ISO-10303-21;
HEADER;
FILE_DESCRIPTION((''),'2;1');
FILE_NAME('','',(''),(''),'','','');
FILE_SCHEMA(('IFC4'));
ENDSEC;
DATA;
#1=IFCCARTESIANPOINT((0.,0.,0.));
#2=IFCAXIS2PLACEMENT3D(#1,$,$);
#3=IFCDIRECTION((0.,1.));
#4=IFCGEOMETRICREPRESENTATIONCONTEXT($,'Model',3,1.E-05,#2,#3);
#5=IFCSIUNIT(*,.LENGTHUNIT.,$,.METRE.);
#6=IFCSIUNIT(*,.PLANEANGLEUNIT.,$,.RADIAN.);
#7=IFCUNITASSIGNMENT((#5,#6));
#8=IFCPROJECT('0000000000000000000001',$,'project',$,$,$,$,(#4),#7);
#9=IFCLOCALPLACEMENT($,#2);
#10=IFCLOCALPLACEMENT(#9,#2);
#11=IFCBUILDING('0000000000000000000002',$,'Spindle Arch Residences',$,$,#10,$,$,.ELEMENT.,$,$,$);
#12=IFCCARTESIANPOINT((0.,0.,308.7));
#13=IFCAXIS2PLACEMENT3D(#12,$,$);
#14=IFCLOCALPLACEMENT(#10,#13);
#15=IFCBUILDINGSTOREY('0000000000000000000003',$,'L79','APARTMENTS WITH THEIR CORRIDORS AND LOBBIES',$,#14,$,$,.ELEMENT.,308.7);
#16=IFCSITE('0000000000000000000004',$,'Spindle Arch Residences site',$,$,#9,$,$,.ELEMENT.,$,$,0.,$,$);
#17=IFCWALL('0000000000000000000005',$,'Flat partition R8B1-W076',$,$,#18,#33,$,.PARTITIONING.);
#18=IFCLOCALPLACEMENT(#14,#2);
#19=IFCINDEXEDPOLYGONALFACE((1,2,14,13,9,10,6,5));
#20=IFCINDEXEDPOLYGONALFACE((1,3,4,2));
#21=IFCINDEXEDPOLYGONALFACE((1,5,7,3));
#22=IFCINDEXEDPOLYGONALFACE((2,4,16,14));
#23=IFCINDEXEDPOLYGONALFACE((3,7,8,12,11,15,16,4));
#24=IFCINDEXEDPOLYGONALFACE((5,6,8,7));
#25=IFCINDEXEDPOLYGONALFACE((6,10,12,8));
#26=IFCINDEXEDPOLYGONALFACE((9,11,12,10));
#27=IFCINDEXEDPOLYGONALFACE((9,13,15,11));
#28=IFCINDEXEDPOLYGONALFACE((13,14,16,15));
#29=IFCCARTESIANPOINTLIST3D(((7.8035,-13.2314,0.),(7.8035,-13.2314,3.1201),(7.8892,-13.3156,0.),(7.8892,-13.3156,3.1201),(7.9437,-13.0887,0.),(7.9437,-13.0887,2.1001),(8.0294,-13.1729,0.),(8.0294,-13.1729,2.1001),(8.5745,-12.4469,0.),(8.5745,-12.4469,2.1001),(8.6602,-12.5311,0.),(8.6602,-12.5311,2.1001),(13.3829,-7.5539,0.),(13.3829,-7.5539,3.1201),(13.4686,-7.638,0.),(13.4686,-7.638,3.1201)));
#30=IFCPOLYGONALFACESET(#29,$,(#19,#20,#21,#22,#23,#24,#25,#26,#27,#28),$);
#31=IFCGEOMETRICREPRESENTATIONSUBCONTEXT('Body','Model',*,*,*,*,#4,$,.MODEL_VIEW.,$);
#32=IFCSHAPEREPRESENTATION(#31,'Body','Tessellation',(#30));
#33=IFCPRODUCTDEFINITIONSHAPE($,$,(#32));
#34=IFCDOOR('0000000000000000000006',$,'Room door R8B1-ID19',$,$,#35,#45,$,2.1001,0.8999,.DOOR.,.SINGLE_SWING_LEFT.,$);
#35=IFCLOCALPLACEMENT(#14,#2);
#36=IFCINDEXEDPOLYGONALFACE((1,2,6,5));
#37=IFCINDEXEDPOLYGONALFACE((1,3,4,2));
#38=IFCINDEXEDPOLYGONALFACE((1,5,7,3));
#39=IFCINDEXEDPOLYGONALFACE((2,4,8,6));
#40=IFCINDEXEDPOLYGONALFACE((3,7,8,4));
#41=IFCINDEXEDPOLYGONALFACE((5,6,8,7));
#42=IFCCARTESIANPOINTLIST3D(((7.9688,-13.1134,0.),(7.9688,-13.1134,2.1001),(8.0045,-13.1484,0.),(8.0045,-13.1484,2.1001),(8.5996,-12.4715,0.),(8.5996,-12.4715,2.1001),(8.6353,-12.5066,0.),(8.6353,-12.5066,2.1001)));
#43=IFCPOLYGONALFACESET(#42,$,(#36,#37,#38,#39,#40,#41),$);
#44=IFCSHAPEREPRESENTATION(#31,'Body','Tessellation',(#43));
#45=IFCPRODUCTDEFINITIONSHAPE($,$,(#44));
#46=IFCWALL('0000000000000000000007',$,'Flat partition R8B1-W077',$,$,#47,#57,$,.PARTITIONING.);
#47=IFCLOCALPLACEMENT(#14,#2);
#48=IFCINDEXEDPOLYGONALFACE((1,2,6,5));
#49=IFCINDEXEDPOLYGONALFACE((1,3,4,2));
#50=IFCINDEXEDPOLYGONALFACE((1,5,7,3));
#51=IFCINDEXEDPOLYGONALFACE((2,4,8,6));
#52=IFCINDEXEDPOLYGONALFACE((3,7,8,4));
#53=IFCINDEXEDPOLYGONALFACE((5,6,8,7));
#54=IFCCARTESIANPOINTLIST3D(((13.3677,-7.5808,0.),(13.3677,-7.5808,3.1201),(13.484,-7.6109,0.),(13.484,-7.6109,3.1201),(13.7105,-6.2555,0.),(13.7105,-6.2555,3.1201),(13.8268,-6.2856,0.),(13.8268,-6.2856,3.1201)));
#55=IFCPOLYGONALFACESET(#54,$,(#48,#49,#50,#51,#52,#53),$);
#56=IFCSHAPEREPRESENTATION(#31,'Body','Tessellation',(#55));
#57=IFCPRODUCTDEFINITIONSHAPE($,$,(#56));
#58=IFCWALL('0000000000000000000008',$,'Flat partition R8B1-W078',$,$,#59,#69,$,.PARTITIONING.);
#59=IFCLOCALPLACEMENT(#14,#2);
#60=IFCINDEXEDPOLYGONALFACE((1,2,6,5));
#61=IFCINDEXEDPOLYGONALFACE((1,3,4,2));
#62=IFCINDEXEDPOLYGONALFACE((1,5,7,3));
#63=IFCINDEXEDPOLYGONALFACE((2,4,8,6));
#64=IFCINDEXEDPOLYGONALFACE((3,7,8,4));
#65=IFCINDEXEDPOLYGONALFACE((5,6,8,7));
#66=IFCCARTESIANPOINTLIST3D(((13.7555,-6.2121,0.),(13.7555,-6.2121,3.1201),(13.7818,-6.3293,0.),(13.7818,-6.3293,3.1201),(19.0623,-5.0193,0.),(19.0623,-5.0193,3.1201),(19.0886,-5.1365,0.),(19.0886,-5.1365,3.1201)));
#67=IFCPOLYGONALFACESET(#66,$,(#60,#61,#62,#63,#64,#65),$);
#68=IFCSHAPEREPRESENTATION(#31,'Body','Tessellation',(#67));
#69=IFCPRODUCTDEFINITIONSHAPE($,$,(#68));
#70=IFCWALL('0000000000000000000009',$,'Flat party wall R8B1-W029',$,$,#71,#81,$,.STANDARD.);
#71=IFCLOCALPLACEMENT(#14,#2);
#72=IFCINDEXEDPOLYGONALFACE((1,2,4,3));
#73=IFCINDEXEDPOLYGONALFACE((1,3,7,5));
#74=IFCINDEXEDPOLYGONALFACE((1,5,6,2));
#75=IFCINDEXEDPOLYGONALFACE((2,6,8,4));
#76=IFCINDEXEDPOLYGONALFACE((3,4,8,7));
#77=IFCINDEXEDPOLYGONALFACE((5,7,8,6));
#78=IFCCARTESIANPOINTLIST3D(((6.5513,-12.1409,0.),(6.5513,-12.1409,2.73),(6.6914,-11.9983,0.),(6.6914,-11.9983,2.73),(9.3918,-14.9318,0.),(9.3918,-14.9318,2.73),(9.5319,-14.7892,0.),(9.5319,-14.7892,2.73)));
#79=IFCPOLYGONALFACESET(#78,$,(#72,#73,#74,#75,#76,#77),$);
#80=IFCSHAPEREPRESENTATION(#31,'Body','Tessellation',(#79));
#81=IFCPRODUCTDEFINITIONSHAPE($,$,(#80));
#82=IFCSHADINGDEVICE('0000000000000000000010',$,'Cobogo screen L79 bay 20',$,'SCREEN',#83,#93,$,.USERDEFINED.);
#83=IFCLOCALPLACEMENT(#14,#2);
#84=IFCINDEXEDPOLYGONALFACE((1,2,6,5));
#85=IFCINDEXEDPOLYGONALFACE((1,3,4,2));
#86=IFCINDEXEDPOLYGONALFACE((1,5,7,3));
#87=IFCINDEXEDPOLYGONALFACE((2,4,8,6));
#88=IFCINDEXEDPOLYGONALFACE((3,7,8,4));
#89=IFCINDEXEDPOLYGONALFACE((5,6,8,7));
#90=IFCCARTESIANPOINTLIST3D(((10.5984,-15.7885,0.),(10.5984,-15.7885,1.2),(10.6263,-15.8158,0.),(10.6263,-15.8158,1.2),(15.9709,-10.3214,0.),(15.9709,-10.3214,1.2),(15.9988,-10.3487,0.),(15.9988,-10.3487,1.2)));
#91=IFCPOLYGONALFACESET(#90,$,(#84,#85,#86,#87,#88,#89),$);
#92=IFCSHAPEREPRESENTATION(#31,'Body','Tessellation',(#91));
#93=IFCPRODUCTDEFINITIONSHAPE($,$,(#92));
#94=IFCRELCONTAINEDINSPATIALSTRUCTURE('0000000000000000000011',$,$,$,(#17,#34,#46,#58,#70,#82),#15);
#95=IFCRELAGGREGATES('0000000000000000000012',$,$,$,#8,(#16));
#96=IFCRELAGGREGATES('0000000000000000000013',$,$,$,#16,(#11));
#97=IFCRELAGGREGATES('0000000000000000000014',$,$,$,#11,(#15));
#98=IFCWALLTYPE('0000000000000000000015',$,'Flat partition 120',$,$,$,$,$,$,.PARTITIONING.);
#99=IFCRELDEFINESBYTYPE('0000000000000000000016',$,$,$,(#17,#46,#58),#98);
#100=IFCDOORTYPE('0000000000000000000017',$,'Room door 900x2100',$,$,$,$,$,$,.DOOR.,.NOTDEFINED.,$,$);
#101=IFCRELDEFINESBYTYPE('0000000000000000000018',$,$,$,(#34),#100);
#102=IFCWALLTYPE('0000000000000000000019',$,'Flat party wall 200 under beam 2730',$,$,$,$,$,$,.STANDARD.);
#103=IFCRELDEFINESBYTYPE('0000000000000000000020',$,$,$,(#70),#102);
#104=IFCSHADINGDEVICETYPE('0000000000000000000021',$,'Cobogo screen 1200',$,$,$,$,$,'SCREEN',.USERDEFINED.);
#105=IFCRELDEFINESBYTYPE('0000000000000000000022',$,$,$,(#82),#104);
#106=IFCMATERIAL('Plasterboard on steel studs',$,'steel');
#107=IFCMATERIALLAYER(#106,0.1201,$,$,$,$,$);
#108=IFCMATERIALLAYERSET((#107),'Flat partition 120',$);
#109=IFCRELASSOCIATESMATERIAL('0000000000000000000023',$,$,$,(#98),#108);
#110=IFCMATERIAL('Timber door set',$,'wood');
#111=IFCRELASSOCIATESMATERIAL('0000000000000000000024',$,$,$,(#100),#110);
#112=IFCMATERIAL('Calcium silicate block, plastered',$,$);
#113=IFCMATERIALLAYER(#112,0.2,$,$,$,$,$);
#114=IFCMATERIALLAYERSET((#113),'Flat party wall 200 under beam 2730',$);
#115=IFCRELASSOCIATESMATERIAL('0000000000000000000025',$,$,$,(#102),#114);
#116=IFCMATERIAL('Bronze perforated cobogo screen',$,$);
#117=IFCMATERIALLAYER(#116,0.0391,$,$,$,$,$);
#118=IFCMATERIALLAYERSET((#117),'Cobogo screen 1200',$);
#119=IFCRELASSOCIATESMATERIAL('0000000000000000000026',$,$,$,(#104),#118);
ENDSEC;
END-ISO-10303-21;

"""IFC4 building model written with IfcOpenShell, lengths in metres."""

from ifc_helpers import new_model, si_unit, direction, frame, frame_2d, origin, origin_2d, place, context, subcontext, project, spatial, rectangle, extrude, material, layer, layer_set, type_object, element, fill, save


model = new_model("IFC4")

# Units and contexts
model_context = context("Model", 3, precision=1e-05, world=origin(), true_north=direction((0.0, 1.0)))
body_context = subcontext(model_context, "Body", "Model", "MODEL_VIEW")
ifc_project = project(units=[si_unit("LENGTHUNIT", "METRE"), si_unit("PLANEANGLEUNIT", "RADIAN")], contexts=[model_context])

# Site, building, storey
site_placement = place(None, origin())
site = spatial("IfcSite", under=ifc_project, at=site_placement, Name="Spindle Arch Residences site", CompositionType="ELEMENT", RefElevation=0.0)
building_placement = place(site_placement, origin())
building = spatial("IfcBuilding", under=site, at=building_placement, Name="Spindle Arch Residences", CompositionType="ELEMENT")
storey_placement = place(building_placement, frame((0.0, 0.0, 308.7)))
storey = spatial("IfcBuildingStorey", under=building, at=storey_placement, Name="L79", Description="APARTMENTS WITH THEIR CORRIDORS AND LOBBIES", CompositionType="ELEMENT", Elevation=308.7)

# Wall, opening, door
ifc_material_1 = material(Name="Plasterboard on steel studs", Category="steel")
ifc_layer_1 = layer(ifc_material_1, 0.1201)
ifc_layer_set_1 = layer_set([ifc_layer_1], Name="Flat partition 120")
wall_type_1 = type_object("IfcWallType", Name="Flat partition 120", PredefinedType="PARTITIONING", material=ifc_layer_set_1)
wall_1_placement = place(storey_placement, frame((7.8464, -13.2734, 0.0), z_axis=(0.0, 0.0, 1.0), x_axis=(0.700915, 0.713245, 0.0)))
wall_1 = element("IfcWall", 1, at=wall_1_placement, inside=storey, type_object=wall_type_1, Name="Flat partition R8B1-W076", PredefinedType="PARTITIONING", context=body_context, shape_type="SweptSolid", body=[
    extrude(rectangle(XDim=7.9602, YDim=0.1201, at=frame_2d((3.98, 0.0))), origin(), (0.0, 0.0, 1.0), 3.1201),
])
opening_1_placement = place(wall_1_placement, frame((0.2, 0.0, 0.0)))
opening_1 = element("IfcOpeningElement", 2, at=opening_1_placement, cuts=wall_1, PredefinedType="OPENING", context=body_context, shape_type="SweptSolid", body=[
    extrude(rectangle(XDim=0.8999, YDim=2.1001, at=frame_2d((0.45, 1.05))), frame((0.0, 0.0701, 0.0), z_axis=(0.0, -1.0, 0.0), x_axis=(1.0, 0.0, 0.0)), (0.0, 0.0, 1.0), 0.1401),
])
ifc_material_2 = material(Name="Timber door set", Category="wood")
door_type_1 = type_object("IfcDoorType", Name="Room door 900x2100", OperationType="NOTDEFINED", PredefinedType="DOOR", material=ifc_material_2)
door_1_placement = place(opening_1_placement, origin())
door_1 = element("IfcDoor", 3, at=door_1_placement, inside=storey, type_object=door_type_1, Name="Room door R8B1-ID19", OperationType="SINGLE_SWING_LEFT", OverallHeight=2.1001, OverallWidth=0.8999, PredefinedType="DOOR", context=body_context, shape_type="SweptSolid", body=[
    extrude(rectangle(XDim=0.8999, YDim=2.1001, at=frame_2d((0.45, 1.05))), frame((0.0, 0.0249, 0.0), z_axis=(0.0, -1.0, 0.0), x_axis=(1.0, 0.0, 0.0)), (0.0, 0.0, 1.0), 0.05),
])
fill(opening_1, door_1)

# Walls
wall_2_placement = place(storey_placement, frame((13.4258, -7.5959, 0.0), z_axis=(0.0, 0.0, 1.0), x_axis=(0.250417, 0.968138, 0.0)))
element("IfcWall", 4, at=wall_2_placement, inside=storey, type_object=wall_type_1, Name="Flat partition R8B1-W077", PredefinedType="PARTITIONING", context=body_context, shape_type="SweptSolid", body=[
    extrude(rectangle(XDim=1.3689, YDim=0.1201, at=frame_2d((0.6846, 0.0))), origin(), (0.0, 0.0, 1.0), 3.1201),
])
wall_3_placement = place(storey_placement, frame((13.7686, -6.2708, 0.0), z_axis=(0.0, 0.0, 1.0), x_axis=(0.975656, 0.219306, 0.0)))
element("IfcWall", 5, at=wall_3_placement, inside=storey, type_object=wall_type_1, Name="Flat partition R8B1-W078", PredefinedType="PARTITIONING", context=body_context, shape_type="SweptSolid", body=[
    extrude(rectangle(XDim=5.4392, YDim=0.1201, at=frame_2d((2.7197, 0.0))), origin(), (0.0, 0.0, 1.0), 3.1201),
])
ifc_material_3 = material(Name="Calcium silicate block, plastered")
ifc_layer_2 = layer(ifc_material_3, 0.2)
ifc_layer_set_2 = layer_set([ifc_layer_2], Name="Flat party wall 200 under beam 2730")
wall_type_2 = type_object("IfcWallType", Name="Flat party wall 200 under beam 2730", PredefinedType="STANDARD", material=ifc_layer_set_2)
wall_4_placement = place(storey_placement, frame((9.4619, -14.8606, 0.0), z_axis=(0.0, 0.0, 1.0), x_axis=(-0.713302, 0.700857, 0.0)))
element("IfcWall", 6, at=wall_4_placement, inside=storey, type_object=wall_type_2, Name="Flat party wall R8B1-W029", PredefinedType="STANDARD", context=body_context, shape_type="SweptSolid", body=[
    extrude(rectangle(XDim=3.9822, YDim=0.2, at=frame_2d((1.9912, 0.0))), origin(), (0.0, 0.0, 1.0), 2.73),
])

# Shading device
ifc_material_4 = material(Name="Bronze perforated cobogo screen")
ifc_layer_3 = layer(ifc_material_4, 0.0391)
ifc_layer_set_3 = layer_set([ifc_layer_3], Name="Cobogo screen 1200")
shading_device_type = type_object("IfcShadingDeviceType", Name="Cobogo screen 1200", ElementType="SCREEN", PredefinedType="USERDEFINED", material=ifc_layer_set_3)
shading_device_placement = place(storey_placement, frame((13.2986, -13.0686, 0.0), z_axis=(0.0, 0.0, 1.0), x_axis=(0.700909, 0.71325, 0.0)))
element("IfcShadingDevice", 7, at=shading_device_placement, inside=storey, type_object=shading_device_type, Name="Cobogo screen L79 bay 20", ObjectType="SCREEN", PredefinedType="USERDEFINED", context=body_context, shape_type="SweptSolid", body=[
    extrude(rectangle(XDim=7.665, YDim=0.0391, at=origin_2d()), origin(), (0.0, 0.0, 1.0), 1.2),
])

save(model, "model.ifc")
